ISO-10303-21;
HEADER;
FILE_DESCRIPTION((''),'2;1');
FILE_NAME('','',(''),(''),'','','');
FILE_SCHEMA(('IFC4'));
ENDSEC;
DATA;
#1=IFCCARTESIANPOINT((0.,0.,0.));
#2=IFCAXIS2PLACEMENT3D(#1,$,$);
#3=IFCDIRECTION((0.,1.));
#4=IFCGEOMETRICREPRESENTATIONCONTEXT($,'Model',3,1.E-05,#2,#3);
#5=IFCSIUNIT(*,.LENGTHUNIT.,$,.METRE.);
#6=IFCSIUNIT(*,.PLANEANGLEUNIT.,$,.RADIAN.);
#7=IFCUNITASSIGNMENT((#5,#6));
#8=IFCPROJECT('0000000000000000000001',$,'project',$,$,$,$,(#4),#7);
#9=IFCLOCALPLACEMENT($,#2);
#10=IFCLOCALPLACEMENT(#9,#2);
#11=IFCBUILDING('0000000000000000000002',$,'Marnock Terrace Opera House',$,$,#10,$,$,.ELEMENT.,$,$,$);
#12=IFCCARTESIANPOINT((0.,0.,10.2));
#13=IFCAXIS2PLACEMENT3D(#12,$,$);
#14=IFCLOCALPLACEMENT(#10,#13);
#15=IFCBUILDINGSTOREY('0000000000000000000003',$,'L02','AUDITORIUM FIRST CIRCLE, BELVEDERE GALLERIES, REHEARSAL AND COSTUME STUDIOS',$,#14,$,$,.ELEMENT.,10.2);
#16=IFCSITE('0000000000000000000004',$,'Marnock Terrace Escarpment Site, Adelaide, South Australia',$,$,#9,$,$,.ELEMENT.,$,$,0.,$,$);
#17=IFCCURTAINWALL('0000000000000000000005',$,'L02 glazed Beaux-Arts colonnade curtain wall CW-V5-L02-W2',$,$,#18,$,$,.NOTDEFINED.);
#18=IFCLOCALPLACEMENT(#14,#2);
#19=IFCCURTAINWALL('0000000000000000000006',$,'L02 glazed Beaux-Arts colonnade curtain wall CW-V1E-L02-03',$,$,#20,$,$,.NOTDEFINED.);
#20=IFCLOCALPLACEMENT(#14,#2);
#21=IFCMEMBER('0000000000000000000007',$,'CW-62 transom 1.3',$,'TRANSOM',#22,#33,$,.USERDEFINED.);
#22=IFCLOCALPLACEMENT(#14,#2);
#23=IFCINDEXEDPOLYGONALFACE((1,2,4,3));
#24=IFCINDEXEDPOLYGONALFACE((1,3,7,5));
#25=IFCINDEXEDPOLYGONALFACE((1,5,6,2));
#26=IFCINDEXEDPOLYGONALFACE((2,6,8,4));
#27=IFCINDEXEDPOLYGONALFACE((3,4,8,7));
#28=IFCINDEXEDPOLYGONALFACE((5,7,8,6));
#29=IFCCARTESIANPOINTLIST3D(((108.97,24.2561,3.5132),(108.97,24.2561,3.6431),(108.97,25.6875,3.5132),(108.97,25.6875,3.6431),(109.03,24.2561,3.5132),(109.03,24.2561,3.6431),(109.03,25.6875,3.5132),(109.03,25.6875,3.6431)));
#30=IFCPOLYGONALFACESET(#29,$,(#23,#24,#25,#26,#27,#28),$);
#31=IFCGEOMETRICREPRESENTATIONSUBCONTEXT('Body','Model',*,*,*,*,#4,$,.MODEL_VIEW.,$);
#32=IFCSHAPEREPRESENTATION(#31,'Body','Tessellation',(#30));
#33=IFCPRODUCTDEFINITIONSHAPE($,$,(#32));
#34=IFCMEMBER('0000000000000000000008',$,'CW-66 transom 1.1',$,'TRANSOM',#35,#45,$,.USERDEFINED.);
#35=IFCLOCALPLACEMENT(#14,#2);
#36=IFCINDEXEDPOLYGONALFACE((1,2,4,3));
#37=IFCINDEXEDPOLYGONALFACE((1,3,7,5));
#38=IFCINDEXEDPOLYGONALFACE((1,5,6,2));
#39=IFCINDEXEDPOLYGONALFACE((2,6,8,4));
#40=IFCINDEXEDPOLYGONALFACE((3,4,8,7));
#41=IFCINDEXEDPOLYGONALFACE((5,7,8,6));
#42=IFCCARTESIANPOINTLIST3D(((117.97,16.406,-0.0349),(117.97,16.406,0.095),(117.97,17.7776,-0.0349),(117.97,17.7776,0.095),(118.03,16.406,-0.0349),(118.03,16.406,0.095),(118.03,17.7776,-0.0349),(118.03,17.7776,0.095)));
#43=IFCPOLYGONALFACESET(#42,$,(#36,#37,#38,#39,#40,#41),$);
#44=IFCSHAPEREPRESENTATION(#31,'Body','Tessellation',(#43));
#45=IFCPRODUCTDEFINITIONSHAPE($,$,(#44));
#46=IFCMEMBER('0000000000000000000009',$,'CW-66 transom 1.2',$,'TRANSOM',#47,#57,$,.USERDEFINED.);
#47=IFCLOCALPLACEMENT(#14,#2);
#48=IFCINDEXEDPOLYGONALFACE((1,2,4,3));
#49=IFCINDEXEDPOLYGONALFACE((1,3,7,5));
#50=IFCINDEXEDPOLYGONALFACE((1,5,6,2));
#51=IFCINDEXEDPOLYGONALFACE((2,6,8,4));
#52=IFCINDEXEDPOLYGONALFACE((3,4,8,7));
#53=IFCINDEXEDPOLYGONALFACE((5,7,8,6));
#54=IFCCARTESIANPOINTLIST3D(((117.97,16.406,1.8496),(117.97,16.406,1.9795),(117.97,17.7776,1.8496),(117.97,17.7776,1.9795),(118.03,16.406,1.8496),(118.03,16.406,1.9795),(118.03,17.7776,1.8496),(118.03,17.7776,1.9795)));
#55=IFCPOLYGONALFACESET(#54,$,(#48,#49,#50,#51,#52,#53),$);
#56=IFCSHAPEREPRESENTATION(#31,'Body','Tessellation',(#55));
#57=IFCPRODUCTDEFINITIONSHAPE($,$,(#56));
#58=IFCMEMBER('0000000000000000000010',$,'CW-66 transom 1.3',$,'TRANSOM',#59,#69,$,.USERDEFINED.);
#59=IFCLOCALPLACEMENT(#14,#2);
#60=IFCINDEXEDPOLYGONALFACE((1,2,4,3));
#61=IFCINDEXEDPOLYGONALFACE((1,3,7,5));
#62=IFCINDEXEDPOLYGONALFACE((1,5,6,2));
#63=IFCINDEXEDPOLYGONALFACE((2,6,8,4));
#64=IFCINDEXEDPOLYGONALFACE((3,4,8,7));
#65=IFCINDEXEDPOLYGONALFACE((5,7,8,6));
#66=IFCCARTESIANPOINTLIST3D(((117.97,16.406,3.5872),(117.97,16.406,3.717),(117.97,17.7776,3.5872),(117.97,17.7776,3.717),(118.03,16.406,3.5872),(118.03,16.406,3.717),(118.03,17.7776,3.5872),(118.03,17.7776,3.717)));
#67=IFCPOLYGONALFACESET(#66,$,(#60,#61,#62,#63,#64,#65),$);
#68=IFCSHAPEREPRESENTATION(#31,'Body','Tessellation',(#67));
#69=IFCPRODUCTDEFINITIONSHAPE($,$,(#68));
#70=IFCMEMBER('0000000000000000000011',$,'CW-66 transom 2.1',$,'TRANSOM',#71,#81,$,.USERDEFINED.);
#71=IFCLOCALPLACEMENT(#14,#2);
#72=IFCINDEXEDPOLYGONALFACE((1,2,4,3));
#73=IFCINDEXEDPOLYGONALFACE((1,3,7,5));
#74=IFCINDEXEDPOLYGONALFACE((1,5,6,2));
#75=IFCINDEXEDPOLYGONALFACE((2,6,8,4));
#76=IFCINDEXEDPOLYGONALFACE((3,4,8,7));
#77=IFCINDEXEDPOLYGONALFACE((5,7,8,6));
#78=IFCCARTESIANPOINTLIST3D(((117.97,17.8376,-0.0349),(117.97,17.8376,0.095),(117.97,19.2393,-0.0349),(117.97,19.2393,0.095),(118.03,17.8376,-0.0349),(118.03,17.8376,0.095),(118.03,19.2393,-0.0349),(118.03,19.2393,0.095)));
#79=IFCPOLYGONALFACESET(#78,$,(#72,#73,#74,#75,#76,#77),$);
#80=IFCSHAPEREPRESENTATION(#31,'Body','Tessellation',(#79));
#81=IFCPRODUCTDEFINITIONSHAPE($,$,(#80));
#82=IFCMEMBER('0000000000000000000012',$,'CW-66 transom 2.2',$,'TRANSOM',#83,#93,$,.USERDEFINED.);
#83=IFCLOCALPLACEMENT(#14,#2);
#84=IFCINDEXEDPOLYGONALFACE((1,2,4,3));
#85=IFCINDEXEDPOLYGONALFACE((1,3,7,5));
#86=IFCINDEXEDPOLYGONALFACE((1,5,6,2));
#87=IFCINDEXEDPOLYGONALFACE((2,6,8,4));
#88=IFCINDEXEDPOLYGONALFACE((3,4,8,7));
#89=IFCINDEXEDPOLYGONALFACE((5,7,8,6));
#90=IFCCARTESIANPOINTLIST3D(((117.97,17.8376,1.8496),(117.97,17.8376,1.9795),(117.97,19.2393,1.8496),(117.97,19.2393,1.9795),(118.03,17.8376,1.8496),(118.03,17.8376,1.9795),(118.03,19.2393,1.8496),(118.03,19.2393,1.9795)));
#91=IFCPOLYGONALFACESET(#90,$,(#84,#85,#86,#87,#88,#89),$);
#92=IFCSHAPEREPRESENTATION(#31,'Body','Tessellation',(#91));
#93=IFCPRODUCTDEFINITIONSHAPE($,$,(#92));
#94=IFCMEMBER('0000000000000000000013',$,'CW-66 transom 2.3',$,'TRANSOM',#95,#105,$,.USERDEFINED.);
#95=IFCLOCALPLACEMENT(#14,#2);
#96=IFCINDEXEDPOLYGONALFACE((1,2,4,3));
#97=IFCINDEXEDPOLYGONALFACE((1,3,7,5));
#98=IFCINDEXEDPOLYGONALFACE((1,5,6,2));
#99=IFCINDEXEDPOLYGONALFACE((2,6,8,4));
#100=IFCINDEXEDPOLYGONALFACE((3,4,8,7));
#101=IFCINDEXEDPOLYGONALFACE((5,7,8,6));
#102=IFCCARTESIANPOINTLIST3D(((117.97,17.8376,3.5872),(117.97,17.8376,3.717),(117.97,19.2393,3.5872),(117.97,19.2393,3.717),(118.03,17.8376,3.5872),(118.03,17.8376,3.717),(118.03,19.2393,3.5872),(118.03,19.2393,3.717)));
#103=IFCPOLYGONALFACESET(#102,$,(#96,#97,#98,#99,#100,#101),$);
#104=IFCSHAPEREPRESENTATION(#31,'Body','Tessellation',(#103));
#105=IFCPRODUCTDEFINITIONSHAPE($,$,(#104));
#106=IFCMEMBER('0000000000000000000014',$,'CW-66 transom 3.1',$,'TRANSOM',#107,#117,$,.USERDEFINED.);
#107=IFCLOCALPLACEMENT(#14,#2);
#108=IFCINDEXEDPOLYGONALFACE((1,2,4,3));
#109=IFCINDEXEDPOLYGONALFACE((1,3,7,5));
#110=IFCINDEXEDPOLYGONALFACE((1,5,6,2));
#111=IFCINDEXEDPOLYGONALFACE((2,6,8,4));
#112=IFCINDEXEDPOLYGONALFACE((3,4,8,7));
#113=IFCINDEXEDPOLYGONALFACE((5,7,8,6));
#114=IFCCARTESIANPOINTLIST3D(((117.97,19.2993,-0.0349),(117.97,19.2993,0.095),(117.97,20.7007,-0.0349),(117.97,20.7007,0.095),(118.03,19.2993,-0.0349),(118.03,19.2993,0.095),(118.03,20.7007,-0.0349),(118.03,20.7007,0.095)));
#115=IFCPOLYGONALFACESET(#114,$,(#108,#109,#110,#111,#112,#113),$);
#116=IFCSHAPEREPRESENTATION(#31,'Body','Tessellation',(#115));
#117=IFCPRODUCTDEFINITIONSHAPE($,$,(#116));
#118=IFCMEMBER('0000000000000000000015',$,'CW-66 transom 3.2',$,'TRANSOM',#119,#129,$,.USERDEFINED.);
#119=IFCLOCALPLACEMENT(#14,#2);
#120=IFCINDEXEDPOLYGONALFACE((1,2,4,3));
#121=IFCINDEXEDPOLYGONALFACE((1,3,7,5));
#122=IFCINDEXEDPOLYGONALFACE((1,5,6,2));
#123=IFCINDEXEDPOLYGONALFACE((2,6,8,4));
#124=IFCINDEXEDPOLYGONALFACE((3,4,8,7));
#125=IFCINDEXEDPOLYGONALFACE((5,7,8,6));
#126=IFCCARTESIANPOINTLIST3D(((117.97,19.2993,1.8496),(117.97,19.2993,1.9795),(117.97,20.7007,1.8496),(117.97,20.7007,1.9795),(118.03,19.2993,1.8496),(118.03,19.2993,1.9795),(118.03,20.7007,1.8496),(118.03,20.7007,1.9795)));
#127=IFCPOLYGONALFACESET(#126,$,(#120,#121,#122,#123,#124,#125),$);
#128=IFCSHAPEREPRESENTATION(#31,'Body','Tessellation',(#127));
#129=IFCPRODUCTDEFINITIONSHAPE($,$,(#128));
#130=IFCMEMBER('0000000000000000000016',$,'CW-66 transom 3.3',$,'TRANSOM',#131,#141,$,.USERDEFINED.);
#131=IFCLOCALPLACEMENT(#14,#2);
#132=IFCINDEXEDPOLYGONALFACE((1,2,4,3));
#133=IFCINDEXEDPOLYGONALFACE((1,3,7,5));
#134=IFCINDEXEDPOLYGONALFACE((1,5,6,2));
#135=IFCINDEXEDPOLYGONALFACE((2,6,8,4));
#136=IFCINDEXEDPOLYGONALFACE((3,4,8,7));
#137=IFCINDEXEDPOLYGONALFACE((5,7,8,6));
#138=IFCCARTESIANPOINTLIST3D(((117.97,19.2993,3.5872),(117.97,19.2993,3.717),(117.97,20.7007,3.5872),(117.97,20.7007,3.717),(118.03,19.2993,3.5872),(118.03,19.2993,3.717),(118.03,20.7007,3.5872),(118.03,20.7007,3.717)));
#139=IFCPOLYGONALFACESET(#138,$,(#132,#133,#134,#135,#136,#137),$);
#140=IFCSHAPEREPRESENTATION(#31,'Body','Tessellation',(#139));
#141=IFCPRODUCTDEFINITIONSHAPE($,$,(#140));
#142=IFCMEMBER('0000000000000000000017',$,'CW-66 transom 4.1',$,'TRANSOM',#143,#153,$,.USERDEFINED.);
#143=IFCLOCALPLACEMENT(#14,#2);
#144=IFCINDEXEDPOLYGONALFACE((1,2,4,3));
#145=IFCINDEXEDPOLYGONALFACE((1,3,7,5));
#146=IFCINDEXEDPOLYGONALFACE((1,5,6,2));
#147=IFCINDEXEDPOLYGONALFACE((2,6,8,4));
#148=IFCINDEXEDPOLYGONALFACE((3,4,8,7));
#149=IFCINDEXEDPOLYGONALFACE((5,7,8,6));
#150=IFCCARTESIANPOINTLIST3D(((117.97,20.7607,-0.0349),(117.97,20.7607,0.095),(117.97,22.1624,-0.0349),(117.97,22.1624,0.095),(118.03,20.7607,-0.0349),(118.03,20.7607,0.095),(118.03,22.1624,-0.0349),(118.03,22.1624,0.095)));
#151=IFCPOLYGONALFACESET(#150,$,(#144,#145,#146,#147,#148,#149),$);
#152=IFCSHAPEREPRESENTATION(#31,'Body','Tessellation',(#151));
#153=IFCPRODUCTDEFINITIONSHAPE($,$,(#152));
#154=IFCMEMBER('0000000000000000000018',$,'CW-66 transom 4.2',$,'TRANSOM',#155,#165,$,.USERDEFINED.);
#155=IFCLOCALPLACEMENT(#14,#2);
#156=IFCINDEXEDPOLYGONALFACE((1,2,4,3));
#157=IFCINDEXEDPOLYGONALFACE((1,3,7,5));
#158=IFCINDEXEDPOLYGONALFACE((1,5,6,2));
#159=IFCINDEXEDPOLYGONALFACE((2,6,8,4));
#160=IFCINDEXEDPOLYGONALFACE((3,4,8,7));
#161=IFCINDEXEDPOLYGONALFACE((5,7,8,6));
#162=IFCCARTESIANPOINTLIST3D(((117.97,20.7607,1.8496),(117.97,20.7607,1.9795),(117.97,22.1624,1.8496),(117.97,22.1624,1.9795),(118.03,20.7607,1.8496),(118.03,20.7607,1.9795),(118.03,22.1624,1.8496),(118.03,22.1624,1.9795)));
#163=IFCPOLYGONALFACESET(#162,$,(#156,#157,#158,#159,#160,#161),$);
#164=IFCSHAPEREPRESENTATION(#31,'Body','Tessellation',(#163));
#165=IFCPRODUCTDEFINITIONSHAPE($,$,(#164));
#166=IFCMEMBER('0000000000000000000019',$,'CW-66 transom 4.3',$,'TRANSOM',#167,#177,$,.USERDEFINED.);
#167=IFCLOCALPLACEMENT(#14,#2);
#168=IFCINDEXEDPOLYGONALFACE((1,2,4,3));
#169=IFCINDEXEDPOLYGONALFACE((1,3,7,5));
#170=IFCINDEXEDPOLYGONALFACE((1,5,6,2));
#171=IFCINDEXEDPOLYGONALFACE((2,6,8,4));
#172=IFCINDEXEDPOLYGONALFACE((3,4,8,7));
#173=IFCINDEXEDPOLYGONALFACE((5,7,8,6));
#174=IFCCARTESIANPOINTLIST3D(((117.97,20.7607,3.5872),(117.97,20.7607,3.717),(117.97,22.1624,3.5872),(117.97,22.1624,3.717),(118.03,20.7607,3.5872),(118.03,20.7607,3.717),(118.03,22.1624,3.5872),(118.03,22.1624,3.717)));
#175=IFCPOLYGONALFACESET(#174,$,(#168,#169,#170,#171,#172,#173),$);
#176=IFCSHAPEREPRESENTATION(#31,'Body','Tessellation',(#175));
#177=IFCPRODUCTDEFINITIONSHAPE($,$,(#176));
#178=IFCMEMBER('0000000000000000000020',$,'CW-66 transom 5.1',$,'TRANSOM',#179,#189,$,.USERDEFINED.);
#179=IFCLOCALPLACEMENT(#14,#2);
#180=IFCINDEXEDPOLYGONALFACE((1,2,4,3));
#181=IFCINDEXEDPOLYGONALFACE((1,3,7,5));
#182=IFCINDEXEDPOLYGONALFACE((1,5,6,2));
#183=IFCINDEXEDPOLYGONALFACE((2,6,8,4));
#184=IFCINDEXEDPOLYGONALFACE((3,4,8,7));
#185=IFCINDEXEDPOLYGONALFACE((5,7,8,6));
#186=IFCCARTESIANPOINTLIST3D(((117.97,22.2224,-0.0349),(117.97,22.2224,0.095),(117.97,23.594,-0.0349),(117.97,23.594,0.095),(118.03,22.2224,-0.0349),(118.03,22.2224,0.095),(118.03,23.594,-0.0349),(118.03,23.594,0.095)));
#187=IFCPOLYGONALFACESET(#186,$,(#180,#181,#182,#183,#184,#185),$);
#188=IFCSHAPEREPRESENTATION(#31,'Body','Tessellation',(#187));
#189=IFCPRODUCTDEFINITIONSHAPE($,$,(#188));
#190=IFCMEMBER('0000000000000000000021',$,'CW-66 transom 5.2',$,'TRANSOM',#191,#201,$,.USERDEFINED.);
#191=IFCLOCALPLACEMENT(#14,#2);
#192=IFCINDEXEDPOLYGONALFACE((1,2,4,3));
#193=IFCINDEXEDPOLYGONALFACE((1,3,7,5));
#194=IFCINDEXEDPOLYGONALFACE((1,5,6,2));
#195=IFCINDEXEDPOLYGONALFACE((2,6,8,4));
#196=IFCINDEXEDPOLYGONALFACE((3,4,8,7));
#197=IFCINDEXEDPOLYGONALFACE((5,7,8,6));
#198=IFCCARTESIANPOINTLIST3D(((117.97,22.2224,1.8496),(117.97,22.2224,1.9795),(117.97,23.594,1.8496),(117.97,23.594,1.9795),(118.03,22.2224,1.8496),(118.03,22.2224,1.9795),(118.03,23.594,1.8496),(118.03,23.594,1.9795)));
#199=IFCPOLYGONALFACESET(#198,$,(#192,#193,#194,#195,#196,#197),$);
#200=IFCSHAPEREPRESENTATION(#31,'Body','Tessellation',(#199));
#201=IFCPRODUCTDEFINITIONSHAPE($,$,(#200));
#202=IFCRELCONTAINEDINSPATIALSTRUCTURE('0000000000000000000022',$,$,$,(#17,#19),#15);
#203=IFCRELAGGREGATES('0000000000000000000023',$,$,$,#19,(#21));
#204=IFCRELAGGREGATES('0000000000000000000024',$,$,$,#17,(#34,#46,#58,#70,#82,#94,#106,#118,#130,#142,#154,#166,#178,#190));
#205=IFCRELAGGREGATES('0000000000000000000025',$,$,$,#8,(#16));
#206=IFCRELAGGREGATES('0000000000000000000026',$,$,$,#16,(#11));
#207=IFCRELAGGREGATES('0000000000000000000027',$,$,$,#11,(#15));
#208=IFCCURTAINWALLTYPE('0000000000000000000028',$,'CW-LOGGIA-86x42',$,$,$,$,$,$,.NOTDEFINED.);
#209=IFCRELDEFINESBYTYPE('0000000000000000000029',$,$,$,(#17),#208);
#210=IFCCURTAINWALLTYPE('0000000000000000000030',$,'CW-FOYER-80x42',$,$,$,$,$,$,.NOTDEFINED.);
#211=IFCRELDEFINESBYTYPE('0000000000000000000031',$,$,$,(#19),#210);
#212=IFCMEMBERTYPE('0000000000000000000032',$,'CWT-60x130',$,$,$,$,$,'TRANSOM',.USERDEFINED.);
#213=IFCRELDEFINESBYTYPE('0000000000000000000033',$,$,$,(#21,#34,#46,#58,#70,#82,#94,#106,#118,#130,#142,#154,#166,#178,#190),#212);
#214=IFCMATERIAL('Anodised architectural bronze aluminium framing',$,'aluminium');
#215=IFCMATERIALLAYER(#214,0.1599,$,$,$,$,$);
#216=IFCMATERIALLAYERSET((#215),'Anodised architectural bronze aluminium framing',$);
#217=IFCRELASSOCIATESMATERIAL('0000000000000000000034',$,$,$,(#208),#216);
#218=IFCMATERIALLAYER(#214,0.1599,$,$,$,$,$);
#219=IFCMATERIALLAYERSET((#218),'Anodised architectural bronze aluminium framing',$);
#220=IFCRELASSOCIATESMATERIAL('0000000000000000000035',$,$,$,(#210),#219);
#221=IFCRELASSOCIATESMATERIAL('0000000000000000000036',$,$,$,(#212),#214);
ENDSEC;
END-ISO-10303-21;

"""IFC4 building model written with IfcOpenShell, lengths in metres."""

from ifc_helpers import new_model, si_unit, direction, frame, origin, origin_2d, place, context, subcontext, project, spatial, rectangle, extrude, material, layer, layer_set, material_profile, profile_set, type_object, element, aggregate, save


model = new_model("IFC4")

# Units and contexts
model_context = context("Model", 3, precision=1e-05, world=origin(), true_north=direction((0.0, 1.0)))
body_context = subcontext(model_context, "Body", "Model", "MODEL_VIEW")
ifc_project = project(units=[si_unit("LENGTHUNIT", "METRE"), si_unit("PLANEANGLEUNIT", "RADIAN")], contexts=[model_context])

# Site, building, storey
site_placement = place(None, origin())
site = spatial("IfcSite", under=ifc_project, at=site_placement, Name="Marnock Terrace Escarpment Site, Adelaide, South Australia", CompositionType="ELEMENT", RefElevation=0.0)
building_placement = place(site_placement, origin())
building = spatial("IfcBuilding", under=site, at=building_placement, Name="Marnock Terrace Opera House", CompositionType="ELEMENT")
storey_placement = place(building_placement, frame((0.0, 0.0, 10.2)))
storey = spatial("IfcBuildingStorey", under=building, at=storey_placement, Name="L02", Description="AUDITORIUM FIRST CIRCLE, BELVEDERE GALLERIES, REHEARSAL AND COSTUME STUDIOS", CompositionType="ELEMENT", Elevation=10.2)

# Curtain wall
ifc_material_1 = material(Name="Anodised architectural bronze aluminium framing", Category="aluminium")
ifc_layer_1 = layer(ifc_material_1, 0.1599)
ifc_layer_set_1 = layer_set([ifc_layer_1], Name="Anodised architectural bronze aluminium framing")
curtain_wall_type_1 = type_object("IfcCurtainWallType", Name="CW-LOGGIA-86x42", PredefinedType="NOTDEFINED", material=ifc_layer_set_1)
curtain_wall_1_placement = place(storey_placement, origin())
curtain_wall_1 = element("IfcCurtainWall", 1, at=curtain_wall_1_placement, inside=storey, type_object=curtain_wall_type_1, Name="L02 glazed Beaux-Arts colonnade curtain wall CW-V5-L02-W2", PredefinedType="NOTDEFINED")

# Curtain wall, member
ifc_layer_2 = layer(ifc_material_1, 0.1599)
ifc_layer_set_2 = layer_set([ifc_layer_2], Name="Anodised architectural bronze aluminium framing")
curtain_wall_type_2 = type_object("IfcCurtainWallType", Name="CW-FOYER-80x42", PredefinedType="NOTDEFINED", material=ifc_layer_set_2)
curtain_wall_2_placement = place(storey_placement, origin())
curtain_wall_2 = element("IfcCurtainWall", 2, at=curtain_wall_2_placement, inside=storey, type_object=curtain_wall_type_2, Name="L02 glazed Beaux-Arts colonnade curtain wall CW-V1E-L02-03", PredefinedType="NOTDEFINED")
ifc_material_profile_1 = material_profile(ifc_material_1, rectangle(XDim=0.0601, YDim=0.1299, at=origin_2d()))
ifc_profile_set_1 = profile_set([ifc_material_profile_1], Name="Anodised architectural bronze aluminium framing")
member_type_1 = type_object("IfcMemberType", Name="CWT-60x130", ElementType="TRANSOM", PredefinedType="USERDEFINED", material=ifc_profile_set_1)
member_1_placement = place(storey_placement, frame((109.0, 24.2561, 3.5781), z_axis=(0.0, 1.0, 0.0), x_axis=(-1.0, 0.0, 0.0)))
member_1 = element("IfcMember", 3, at=member_1_placement, type_object=member_type_1, Name="CW-62 transom 1.3", ObjectType="TRANSOM", PredefinedType="USERDEFINED", context=body_context, shape_type="SweptSolid", body=[
    extrude(rectangle(XDim=0.0601, YDim=0.1299, at=origin_2d()), origin(), (0.0, 0.0, 1.0), 1.4314),
])
aggregate(curtain_wall_2, [member_1])

# Members
member_2_placement = place(storey_placement, frame((118.0, 16.406, 0.03), z_axis=(0.0, 1.0, 0.0), x_axis=(-1.0, 0.0, 0.0)))
member_2 = element("IfcMember", 4, at=member_2_placement, type_object=member_type_1, Name="CW-66 transom 1.1", ObjectType="TRANSOM", PredefinedType="USERDEFINED", context=body_context, shape_type="SweptSolid", body=[
    extrude(rectangle(XDim=0.0601, YDim=0.1299, at=origin_2d()), origin(), (0.0, 0.0, 1.0), 1.3716),
])
member_3_placement = place(storey_placement, frame((118.0, 16.406, 1.9146), z_axis=(0.0, 1.0, 0.0), x_axis=(-1.0, 0.0, 0.0)))
member_3 = element("IfcMember", 5, at=member_3_placement, type_object=member_type_1, Name="CW-66 transom 1.2", ObjectType="TRANSOM", PredefinedType="USERDEFINED", context=body_context, shape_type="SweptSolid", body=[
    extrude(rectangle(XDim=0.0601, YDim=0.1299, at=origin_2d()), origin(), (0.0, 0.0, 1.0), 1.3716),
])
member_4_placement = place(storey_placement, frame((118.0, 16.406, 3.6521), z_axis=(0.0, 1.0, 0.0), x_axis=(-1.0, 0.0, 0.0)))
member_4 = element("IfcMember", 6, at=member_4_placement, type_object=member_type_1, Name="CW-66 transom 1.3", ObjectType="TRANSOM", PredefinedType="USERDEFINED", context=body_context, shape_type="SweptSolid", body=[
    extrude(rectangle(XDim=0.0601, YDim=0.1299, at=origin_2d()), origin(), (0.0, 0.0, 1.0), 1.3716),
])
member_5_placement = place(storey_placement, frame((118.0, 17.8376, 0.03), z_axis=(0.0, 1.0, 0.0), x_axis=(-1.0, 0.0, 0.0)))
member_5 = element("IfcMember", 7, at=member_5_placement, type_object=member_type_1, Name="CW-66 transom 2.1", ObjectType="TRANSOM", PredefinedType="USERDEFINED", context=body_context, shape_type="SweptSolid", body=[
    extrude(rectangle(XDim=0.0601, YDim=0.1299, at=origin_2d()), origin(), (0.0, 0.0, 1.0), 1.4016),
])
member_6_placement = place(storey_placement, frame((118.0, 17.8376, 1.9146), z_axis=(0.0, 1.0, 0.0), x_axis=(-1.0, 0.0, 0.0)))
member_6 = element("IfcMember", 8, at=member_6_placement, type_object=member_type_1, Name="CW-66 transom 2.2", ObjectType="TRANSOM", PredefinedType="USERDEFINED", context=body_context, shape_type="SweptSolid", body=[
    extrude(rectangle(XDim=0.0601, YDim=0.1299, at=origin_2d()), origin(), (0.0, 0.0, 1.0), 1.4016),
])
member_7_placement = place(storey_placement, frame((118.0, 17.8376, 3.6521), z_axis=(0.0, 1.0, 0.0), x_axis=(-1.0, 0.0, 0.0)))
member_7 = element("IfcMember", 9, at=member_7_placement, type_object=member_type_1, Name="CW-66 transom 2.3", ObjectType="TRANSOM", PredefinedType="USERDEFINED", context=body_context, shape_type="SweptSolid", body=[
    extrude(rectangle(XDim=0.0601, YDim=0.1299, at=origin_2d()), origin(), (0.0, 0.0, 1.0), 1.4016),
])
member_8_placement = place(storey_placement, frame((118.0, 19.2993, 0.03), z_axis=(0.0, 1.0, 0.0), x_axis=(-1.0, 0.0, 0.0)))
member_8 = element("IfcMember", 10, at=member_8_placement, type_object=member_type_1, Name="CW-66 transom 3.1", ObjectType="TRANSOM", PredefinedType="USERDEFINED", context=body_context, shape_type="SweptSolid", body=[
    extrude(rectangle(XDim=0.0601, YDim=0.1299, at=origin_2d()), origin(), (0.0, 0.0, 1.0), 1.4014),
])
member_9_placement = place(storey_placement, frame((118.0, 19.2993, 1.9146), z_axis=(0.0, 1.0, 0.0), x_axis=(-1.0, 0.0, 0.0)))
member_9 = element("IfcMember", 11, at=member_9_placement, type_object=member_type_1, Name="CW-66 transom 3.2", ObjectType="TRANSOM", PredefinedType="USERDEFINED", context=body_context, shape_type="SweptSolid", body=[
    extrude(rectangle(XDim=0.0601, YDim=0.1299, at=origin_2d()), origin(), (0.0, 0.0, 1.0), 1.4014),
])
member_10_placement = place(storey_placement, frame((118.0, 19.2993, 3.6521), z_axis=(0.0, 1.0, 0.0), x_axis=(-1.0, 0.0, 0.0)))
member_10 = element("IfcMember", 12, at=member_10_placement, type_object=member_type_1, Name="CW-66 transom 3.3", ObjectType="TRANSOM", PredefinedType="USERDEFINED", context=body_context, shape_type="SweptSolid", body=[
    extrude(rectangle(XDim=0.0601, YDim=0.1299, at=origin_2d()), origin(), (0.0, 0.0, 1.0), 1.4014),
])
member_11_placement = place(storey_placement, frame((118.0, 20.7607, 0.03), z_axis=(0.0, 1.0, 0.0), x_axis=(-1.0, 0.0, 0.0)))
member_11 = element("IfcMember", 13, at=member_11_placement, type_object=member_type_1, Name="CW-66 transom 4.1", ObjectType="TRANSOM", PredefinedType="USERDEFINED", context=body_context, shape_type="SweptSolid", body=[
    extrude(rectangle(XDim=0.0601, YDim=0.1299, at=origin_2d()), origin(), (0.0, 0.0, 1.0), 1.4016),
])
member_12_placement = place(storey_placement, frame((118.0, 20.7607, 1.9146), z_axis=(0.0, 1.0, 0.0), x_axis=(-1.0, 0.0, 0.0)))
member_12 = element("IfcMember", 14, at=member_12_placement, type_object=member_type_1, Name="CW-66 transom 4.2", ObjectType="TRANSOM", PredefinedType="USERDEFINED", context=body_context, shape_type="SweptSolid", body=[
    extrude(rectangle(XDim=0.0601, YDim=0.1299, at=origin_2d()), origin(), (0.0, 0.0, 1.0), 1.4016),
])
member_13_placement = place(storey_placement, frame((118.0, 20.7607, 3.6521), z_axis=(0.0, 1.0, 0.0), x_axis=(-1.0, 0.0, 0.0)))
member_13 = element("IfcMember", 15, at=member_13_placement, type_object=member_type_1, Name="CW-66 transom 4.3", ObjectType="TRANSOM", PredefinedType="USERDEFINED", context=body_context, shape_type="SweptSolid", body=[
    extrude(rectangle(XDim=0.0601, YDim=0.1299, at=origin_2d()), origin(), (0.0, 0.0, 1.0), 1.4016),
])
member_14_placement = place(storey_placement, frame((118.0, 22.2224, 0.03), z_axis=(0.0, 1.0, 0.0), x_axis=(-1.0, 0.0, 0.0)))
member_14 = element("IfcMember", 16, at=member_14_placement, type_object=member_type_1, Name="CW-66 transom 5.1", ObjectType="TRANSOM", PredefinedType="USERDEFINED", context=body_context, shape_type="SweptSolid", body=[
    extrude(rectangle(XDim=0.0601, YDim=0.1299, at=origin_2d()), origin(), (0.0, 0.0, 1.0), 1.3716),
])
member_15_placement = place(storey_placement, frame((118.0, 22.2224, 1.9146), z_axis=(0.0, 1.0, 0.0), x_axis=(-1.0, 0.0, 0.0)))
member_15 = element("IfcMember", 17, at=member_15_placement, type_object=member_type_1, Name="CW-66 transom 5.2", ObjectType="TRANSOM", PredefinedType="USERDEFINED", context=body_context, shape_type="SweptSolid", body=[
    extrude(rectangle(XDim=0.0601, YDim=0.1299, at=origin_2d()), origin(), (0.0, 0.0, 1.0), 1.3716),
])

aggregate(curtain_wall_1, [member_2, member_3, member_4, member_5, member_6, member_7, member_8, member_9, member_10, member_11, member_12, member_13, member_14, member_15])

save(model, "model.ifc")
